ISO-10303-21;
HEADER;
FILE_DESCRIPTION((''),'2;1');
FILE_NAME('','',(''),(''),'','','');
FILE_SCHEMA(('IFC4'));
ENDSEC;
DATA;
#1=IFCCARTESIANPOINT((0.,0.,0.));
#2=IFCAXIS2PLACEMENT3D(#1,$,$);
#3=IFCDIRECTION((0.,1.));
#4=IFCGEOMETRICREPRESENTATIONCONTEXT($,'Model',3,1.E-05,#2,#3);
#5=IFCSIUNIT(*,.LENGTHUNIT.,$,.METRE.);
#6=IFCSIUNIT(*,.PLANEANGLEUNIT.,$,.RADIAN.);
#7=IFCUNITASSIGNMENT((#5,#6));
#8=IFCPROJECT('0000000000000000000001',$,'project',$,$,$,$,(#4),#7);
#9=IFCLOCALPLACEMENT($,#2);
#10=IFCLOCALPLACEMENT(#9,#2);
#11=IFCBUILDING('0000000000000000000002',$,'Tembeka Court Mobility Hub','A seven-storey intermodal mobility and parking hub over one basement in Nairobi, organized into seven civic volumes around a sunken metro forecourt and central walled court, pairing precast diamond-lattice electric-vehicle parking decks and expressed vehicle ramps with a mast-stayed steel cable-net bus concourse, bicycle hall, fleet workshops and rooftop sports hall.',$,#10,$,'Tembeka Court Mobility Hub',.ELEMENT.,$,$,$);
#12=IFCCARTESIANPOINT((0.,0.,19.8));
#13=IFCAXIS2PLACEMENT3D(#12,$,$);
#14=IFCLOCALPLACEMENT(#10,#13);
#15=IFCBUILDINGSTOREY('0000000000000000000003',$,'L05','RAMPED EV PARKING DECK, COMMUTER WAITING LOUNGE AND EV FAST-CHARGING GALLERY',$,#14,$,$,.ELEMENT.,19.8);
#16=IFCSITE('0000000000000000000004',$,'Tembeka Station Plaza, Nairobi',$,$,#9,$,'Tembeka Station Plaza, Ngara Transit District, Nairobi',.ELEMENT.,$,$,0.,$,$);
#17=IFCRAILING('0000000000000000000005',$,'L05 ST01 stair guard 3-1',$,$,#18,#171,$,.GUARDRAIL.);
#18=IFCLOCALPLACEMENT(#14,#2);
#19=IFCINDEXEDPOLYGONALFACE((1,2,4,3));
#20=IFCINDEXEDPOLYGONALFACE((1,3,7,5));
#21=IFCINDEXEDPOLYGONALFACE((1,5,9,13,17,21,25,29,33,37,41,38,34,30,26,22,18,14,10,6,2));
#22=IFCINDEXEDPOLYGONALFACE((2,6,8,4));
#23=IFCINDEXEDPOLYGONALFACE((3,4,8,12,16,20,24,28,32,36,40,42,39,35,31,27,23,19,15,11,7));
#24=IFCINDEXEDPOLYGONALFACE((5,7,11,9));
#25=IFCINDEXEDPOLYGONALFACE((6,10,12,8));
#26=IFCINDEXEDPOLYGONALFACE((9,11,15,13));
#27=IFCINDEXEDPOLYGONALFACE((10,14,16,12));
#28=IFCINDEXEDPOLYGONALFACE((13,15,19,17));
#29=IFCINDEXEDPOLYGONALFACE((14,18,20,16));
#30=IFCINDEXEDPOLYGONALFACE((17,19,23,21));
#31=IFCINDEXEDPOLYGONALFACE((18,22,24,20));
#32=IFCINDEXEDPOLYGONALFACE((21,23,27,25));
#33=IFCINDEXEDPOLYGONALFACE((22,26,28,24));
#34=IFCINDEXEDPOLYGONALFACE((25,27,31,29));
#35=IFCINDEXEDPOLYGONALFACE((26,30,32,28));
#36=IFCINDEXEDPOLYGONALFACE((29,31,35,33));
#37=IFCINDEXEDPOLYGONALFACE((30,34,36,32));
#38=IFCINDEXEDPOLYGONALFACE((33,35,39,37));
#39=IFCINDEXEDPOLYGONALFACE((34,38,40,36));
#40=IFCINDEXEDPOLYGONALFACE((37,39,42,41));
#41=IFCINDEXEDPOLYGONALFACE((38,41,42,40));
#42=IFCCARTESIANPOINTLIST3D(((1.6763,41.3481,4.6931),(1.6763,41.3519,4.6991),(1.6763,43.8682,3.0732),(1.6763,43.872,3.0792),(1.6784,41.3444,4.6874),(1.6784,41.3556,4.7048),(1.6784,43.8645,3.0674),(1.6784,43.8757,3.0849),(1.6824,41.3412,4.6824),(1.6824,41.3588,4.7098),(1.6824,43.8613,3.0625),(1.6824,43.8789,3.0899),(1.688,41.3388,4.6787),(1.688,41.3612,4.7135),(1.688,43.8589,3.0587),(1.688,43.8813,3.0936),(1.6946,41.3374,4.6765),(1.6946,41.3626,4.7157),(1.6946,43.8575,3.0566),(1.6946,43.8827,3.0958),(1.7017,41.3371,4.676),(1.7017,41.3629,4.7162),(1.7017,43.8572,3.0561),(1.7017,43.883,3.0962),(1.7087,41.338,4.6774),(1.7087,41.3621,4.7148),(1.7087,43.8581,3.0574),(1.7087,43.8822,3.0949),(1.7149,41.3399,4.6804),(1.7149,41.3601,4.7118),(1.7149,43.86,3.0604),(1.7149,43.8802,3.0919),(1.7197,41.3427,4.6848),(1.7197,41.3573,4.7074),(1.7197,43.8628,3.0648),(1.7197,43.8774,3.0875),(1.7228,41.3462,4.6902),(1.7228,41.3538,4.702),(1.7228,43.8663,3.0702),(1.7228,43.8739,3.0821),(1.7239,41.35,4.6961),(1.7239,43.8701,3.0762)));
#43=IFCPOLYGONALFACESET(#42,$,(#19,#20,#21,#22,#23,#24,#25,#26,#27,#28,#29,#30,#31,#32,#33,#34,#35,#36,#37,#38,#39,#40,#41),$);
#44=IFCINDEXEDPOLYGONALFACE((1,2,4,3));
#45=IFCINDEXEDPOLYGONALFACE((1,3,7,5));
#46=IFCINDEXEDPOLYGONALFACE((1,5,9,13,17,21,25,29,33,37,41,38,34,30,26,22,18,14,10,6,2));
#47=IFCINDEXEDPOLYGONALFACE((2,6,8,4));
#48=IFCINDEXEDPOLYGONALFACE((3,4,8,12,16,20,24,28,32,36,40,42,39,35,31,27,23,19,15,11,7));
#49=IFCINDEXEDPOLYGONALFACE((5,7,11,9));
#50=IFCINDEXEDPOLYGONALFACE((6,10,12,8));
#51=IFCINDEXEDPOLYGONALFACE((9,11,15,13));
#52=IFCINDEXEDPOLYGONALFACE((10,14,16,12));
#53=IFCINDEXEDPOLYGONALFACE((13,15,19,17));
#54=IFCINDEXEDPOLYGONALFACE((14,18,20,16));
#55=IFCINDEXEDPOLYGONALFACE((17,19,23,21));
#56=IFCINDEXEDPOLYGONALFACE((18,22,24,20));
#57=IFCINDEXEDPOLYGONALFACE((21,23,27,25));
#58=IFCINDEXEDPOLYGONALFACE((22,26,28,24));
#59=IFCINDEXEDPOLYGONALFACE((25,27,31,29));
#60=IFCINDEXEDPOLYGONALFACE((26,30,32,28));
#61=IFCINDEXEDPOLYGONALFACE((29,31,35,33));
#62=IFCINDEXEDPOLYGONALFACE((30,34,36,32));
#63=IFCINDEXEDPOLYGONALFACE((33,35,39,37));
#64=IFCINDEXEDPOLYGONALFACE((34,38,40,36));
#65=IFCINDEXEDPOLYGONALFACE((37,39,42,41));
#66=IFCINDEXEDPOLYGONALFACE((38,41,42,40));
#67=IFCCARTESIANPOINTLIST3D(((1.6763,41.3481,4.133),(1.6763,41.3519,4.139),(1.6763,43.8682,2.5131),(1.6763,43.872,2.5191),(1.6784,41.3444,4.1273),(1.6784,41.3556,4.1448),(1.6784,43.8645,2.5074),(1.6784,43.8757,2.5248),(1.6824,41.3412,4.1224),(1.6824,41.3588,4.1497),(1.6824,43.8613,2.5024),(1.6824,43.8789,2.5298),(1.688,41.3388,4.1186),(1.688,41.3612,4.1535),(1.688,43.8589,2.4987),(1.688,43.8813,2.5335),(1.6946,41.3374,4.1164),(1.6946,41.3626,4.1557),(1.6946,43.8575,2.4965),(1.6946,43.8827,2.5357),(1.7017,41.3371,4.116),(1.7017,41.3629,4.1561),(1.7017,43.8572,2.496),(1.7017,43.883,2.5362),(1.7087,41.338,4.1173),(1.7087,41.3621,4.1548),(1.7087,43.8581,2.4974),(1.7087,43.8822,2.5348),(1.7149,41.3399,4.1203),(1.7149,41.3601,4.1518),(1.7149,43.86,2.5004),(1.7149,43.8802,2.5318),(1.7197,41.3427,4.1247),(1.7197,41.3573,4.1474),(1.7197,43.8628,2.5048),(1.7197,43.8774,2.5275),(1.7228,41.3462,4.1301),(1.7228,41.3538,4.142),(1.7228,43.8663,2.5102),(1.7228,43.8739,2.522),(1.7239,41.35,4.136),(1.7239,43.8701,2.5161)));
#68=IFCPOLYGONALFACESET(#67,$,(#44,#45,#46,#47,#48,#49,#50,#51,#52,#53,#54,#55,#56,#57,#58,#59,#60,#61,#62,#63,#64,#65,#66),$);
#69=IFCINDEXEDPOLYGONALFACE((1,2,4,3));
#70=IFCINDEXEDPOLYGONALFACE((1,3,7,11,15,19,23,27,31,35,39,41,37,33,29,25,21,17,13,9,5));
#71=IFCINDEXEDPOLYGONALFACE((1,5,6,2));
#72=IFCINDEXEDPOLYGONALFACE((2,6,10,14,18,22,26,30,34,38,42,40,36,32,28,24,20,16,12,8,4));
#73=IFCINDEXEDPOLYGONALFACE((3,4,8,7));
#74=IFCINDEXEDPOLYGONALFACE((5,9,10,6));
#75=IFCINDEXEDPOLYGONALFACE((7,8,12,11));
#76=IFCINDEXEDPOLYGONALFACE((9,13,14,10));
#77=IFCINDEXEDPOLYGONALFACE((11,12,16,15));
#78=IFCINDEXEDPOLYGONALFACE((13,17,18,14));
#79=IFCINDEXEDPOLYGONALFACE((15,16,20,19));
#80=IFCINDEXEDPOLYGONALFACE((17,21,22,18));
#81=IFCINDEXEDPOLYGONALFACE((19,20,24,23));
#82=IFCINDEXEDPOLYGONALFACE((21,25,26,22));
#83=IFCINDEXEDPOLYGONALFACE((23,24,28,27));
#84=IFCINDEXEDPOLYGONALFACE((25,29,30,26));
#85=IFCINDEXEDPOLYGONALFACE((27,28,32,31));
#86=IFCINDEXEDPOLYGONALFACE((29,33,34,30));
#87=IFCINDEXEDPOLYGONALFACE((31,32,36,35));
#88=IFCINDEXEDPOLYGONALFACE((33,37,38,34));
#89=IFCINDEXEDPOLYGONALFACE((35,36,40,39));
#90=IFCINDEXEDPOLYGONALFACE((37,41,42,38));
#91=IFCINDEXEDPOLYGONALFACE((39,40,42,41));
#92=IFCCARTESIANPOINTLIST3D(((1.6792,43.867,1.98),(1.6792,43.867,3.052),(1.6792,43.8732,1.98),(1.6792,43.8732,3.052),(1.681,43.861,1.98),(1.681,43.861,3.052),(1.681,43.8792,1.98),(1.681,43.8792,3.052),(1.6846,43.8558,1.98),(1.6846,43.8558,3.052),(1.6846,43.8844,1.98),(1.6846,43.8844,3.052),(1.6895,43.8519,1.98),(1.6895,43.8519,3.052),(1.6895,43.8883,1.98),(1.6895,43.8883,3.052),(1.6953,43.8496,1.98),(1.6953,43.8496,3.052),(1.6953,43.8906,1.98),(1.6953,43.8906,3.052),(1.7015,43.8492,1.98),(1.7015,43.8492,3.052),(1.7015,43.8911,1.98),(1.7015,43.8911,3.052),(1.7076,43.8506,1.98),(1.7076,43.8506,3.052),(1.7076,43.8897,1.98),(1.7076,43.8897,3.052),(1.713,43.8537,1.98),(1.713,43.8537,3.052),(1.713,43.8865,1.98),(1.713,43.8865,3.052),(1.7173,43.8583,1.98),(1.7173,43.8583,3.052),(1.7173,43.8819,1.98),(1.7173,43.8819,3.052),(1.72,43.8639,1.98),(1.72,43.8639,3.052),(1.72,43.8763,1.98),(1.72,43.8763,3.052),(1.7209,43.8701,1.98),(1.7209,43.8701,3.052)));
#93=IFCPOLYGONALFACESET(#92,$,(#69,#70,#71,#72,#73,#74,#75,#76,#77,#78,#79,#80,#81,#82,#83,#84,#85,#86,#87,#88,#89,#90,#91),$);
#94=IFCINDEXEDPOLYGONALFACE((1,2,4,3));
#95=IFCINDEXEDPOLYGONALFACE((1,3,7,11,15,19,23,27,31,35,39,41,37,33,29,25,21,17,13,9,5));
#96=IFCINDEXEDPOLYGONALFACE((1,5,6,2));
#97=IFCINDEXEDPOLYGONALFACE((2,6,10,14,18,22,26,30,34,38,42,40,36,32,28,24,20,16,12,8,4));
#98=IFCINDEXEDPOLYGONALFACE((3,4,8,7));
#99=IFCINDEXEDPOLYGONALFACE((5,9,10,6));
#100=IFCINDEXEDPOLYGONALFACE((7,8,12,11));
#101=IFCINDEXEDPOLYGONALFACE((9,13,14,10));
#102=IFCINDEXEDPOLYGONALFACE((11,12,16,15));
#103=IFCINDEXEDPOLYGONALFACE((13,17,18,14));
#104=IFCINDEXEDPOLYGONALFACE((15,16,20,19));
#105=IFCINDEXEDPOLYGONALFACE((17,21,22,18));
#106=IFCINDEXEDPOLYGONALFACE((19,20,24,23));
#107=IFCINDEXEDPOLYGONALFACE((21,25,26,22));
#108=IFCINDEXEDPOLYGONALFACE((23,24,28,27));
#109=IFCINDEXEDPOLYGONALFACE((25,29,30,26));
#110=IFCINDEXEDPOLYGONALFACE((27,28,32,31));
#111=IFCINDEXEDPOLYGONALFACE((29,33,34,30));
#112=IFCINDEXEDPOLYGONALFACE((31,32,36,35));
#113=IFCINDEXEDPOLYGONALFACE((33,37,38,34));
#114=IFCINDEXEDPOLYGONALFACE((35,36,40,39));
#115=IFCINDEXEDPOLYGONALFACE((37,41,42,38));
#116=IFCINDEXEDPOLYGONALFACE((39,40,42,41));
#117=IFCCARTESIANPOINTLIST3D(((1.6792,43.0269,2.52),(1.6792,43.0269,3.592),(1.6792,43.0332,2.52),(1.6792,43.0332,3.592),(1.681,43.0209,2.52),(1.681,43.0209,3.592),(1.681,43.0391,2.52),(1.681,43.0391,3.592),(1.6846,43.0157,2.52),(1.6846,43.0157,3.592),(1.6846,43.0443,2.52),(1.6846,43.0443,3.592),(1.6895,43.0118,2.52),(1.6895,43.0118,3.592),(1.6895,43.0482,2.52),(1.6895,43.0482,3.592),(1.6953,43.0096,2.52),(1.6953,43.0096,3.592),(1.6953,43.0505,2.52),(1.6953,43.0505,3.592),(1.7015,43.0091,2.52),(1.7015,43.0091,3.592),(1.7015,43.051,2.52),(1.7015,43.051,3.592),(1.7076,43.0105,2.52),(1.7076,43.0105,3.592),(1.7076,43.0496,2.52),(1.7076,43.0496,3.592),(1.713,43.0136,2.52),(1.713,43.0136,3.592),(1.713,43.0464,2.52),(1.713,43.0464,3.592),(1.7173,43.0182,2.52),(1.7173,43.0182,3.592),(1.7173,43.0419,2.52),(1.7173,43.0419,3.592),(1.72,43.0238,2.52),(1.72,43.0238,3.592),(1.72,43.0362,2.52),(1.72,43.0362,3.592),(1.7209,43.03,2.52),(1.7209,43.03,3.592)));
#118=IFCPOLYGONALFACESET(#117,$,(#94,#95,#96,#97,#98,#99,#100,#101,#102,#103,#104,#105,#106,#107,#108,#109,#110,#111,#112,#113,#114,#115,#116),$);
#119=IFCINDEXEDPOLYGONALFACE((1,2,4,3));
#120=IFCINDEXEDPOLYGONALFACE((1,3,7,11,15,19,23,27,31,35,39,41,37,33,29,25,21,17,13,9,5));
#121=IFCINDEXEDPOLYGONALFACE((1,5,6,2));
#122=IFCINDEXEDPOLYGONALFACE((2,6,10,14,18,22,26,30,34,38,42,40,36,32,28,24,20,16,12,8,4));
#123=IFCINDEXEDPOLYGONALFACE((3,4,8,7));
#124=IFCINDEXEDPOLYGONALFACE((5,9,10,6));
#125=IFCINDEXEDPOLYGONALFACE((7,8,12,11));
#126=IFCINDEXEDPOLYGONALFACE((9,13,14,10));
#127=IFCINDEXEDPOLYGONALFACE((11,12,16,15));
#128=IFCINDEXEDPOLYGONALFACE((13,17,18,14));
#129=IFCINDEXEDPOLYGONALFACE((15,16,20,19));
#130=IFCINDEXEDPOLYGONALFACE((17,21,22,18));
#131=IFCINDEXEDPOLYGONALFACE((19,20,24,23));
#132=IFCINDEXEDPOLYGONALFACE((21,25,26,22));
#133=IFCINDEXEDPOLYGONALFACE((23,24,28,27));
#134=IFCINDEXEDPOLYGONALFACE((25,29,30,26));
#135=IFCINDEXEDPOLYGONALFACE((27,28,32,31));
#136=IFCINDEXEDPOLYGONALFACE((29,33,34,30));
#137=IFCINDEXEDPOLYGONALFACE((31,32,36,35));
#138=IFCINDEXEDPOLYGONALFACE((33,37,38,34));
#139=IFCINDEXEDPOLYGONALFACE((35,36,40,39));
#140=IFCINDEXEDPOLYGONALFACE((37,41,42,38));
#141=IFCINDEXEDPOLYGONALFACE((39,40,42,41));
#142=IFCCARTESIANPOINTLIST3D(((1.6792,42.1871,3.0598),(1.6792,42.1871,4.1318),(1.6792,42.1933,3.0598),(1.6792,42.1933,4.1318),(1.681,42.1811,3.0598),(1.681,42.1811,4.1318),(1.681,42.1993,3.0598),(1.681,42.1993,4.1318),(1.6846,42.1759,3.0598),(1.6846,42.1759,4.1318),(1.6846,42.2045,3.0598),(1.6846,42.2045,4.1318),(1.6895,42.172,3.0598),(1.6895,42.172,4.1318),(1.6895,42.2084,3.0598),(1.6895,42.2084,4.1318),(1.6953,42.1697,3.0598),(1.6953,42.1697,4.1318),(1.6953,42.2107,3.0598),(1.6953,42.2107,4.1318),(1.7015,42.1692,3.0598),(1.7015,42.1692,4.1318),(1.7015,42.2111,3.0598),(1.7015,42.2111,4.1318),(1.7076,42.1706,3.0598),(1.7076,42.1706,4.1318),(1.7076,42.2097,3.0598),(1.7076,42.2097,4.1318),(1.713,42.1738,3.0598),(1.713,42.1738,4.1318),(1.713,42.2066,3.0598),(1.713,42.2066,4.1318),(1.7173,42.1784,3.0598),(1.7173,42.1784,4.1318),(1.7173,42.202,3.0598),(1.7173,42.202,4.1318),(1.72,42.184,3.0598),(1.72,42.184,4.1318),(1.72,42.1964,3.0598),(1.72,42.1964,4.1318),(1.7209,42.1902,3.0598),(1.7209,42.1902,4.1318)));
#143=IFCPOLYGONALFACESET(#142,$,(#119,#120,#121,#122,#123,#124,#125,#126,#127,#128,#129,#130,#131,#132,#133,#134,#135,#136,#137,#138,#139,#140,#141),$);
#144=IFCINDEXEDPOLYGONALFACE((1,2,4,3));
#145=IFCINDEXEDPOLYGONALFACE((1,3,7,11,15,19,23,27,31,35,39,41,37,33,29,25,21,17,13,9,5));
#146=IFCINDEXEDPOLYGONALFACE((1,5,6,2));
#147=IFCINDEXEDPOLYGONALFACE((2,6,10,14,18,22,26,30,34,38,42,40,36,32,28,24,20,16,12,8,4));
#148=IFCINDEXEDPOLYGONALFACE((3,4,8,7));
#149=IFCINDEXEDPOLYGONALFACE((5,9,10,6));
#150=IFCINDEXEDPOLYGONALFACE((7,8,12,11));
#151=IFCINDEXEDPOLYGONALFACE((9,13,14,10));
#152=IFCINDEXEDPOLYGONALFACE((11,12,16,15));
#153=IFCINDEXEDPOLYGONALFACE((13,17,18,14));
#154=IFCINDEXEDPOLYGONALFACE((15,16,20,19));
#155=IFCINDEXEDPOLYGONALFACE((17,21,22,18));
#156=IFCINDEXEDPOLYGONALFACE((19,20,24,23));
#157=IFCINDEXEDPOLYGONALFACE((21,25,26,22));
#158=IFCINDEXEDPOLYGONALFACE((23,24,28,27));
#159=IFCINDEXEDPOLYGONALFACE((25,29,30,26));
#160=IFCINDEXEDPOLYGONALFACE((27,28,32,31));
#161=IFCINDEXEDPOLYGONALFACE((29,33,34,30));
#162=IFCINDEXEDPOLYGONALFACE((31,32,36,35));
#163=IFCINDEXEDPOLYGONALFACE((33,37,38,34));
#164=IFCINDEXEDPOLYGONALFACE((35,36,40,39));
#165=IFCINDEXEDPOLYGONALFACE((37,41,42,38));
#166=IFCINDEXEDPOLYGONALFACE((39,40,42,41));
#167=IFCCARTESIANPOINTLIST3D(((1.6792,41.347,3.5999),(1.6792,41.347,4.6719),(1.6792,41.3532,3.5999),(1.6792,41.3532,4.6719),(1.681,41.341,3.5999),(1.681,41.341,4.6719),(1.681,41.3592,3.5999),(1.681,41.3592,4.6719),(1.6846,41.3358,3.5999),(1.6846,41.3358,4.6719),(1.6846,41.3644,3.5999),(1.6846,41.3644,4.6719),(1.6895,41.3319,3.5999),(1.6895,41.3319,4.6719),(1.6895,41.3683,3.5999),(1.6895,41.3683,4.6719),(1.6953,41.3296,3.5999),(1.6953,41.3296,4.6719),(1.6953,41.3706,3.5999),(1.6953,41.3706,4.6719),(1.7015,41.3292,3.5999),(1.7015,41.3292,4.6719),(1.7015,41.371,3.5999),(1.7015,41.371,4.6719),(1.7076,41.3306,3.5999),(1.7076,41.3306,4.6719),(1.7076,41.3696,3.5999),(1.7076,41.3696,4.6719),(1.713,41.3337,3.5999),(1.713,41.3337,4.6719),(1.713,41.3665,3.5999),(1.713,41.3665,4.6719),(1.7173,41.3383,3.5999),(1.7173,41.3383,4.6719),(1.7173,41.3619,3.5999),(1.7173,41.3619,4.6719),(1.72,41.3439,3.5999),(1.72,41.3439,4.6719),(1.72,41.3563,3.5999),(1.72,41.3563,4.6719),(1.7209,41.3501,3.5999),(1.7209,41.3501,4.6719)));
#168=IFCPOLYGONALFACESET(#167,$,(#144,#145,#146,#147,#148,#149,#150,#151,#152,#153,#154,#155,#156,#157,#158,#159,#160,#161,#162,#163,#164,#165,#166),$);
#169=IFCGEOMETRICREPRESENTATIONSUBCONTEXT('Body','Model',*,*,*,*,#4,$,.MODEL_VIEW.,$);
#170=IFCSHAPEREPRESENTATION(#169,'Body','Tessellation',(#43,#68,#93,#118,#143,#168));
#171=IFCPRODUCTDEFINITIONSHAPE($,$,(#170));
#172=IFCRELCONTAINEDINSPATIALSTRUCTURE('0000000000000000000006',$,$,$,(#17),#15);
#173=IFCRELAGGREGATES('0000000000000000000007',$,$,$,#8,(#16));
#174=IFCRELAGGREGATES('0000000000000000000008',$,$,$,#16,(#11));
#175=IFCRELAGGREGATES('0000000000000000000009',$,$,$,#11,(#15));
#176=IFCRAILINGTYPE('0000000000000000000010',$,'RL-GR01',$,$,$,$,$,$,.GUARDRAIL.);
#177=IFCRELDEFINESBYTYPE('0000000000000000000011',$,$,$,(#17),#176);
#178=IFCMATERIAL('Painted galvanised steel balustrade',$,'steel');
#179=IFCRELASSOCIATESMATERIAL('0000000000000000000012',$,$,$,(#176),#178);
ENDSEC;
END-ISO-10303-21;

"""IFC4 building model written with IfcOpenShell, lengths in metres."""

from ifc_helpers import new_model, si_unit, direction, frame, origin, origin_2d, place, context, subcontext, project, spatial, circle, extrude, material, type_object, element, save


model = new_model("IFC4")

# Units and contexts
model_context = context("Model", 3, precision=1e-05, world=origin(), true_north=direction((0.0, 1.0)))
body_context = subcontext(model_context, "Body", "Model", "MODEL_VIEW")
ifc_project = project(units=[si_unit("LENGTHUNIT", "METRE"), si_unit("PLANEANGLEUNIT", "RADIAN")], contexts=[model_context])

# Site, building, storey
site_placement = place(None, origin())
site = spatial("IfcSite", under=ifc_project, at=site_placement, Name="Tembeka Station Plaza, Nairobi", LongName="Tembeka Station Plaza, Ngara Transit District, Nairobi", CompositionType="ELEMENT", RefElevation=0.0)
building_placement = place(site_placement, origin())
building = spatial("IfcBuilding", under=site, at=building_placement, Name="Tembeka Court Mobility Hub", Description="A seven-storey intermodal mobility and parking hub over one basement in Nairobi, organized into seven civic volumes around a sunken metro forecourt and central walled court, pairing precast diamond-lattice electric-vehicle parking decks and expressed vehicle ramps with a mast-stayed steel cable-net bus concourse, bicycle hall, fleet workshops and rooftop sports hall.", LongName="Tembeka Court Mobility Hub", CompositionType="ELEMENT")
storey_placement = place(building_placement, frame((0.0, 0.0, 19.8)))
storey = spatial("IfcBuildingStorey", under=building, at=storey_placement, Name="L05", Description="RAMPED EV PARKING DECK, COMMUTER WAITING LOUNGE AND EV FAST-CHARGING GALLERY", CompositionType="ELEMENT", Elevation=19.8)

# Railing
ifc_material_1 = material(Name="Painted galvanised steel balustrade", Category="steel")
railing_type_1 = type_object("IfcRailingType", Name="RL-GR01", PredefinedType="GUARDRAIL", material=ifc_material_1)
railing_1_placement = place(storey_placement, frame((1.7, 43.8701, 1.98)))
element("IfcRailing", 1, at=railing_1_placement, inside=storey, type_object=railing_type_1, Name="L05 ST01 stair guard 3-1", PredefinedType="GUARDRAIL", context=body_context, shape_type="SweptSolid", body=[
    extrude(circle(Radius=0.0239, at=origin_2d()), frame((0.0, 0.0, 1.0962), z_axis=(0.0, -0.8412, 0.540725), x_axis=(1.0, 0.0, 0.0)), (0.0, 0.0, 1.0), 2.9958),
    extrude(circle(Radius=0.0239, at=origin_2d()), frame((0.0, 0.0, 0.5361), z_axis=(0.0, -0.8412, 0.540725), x_axis=(1.0, 0.0, 0.0)), (0.0, 0.0, 1.0), 2.9958),
    extrude(circle(Radius=0.021, at=origin_2d()), origin(), (0.0, 0.0, 1.0), 1.072),
    extrude(circle(Radius=0.021, at=origin_2d()), frame((0.0, -0.8401, 0.54)), (0.0, 0.0, 1.0), 1.072),
    extrude(circle(Radius=0.021, at=origin_2d()), frame((0.0, -1.6799, 1.0798)), (0.0, 0.0, 1.0), 1.072),
    extrude(circle(Radius=0.021, at=origin_2d()), frame((0.0, -2.52, 1.6199)), (0.0, 0.0, 1.0), 1.072),
])

save(model, "model.ifc")
